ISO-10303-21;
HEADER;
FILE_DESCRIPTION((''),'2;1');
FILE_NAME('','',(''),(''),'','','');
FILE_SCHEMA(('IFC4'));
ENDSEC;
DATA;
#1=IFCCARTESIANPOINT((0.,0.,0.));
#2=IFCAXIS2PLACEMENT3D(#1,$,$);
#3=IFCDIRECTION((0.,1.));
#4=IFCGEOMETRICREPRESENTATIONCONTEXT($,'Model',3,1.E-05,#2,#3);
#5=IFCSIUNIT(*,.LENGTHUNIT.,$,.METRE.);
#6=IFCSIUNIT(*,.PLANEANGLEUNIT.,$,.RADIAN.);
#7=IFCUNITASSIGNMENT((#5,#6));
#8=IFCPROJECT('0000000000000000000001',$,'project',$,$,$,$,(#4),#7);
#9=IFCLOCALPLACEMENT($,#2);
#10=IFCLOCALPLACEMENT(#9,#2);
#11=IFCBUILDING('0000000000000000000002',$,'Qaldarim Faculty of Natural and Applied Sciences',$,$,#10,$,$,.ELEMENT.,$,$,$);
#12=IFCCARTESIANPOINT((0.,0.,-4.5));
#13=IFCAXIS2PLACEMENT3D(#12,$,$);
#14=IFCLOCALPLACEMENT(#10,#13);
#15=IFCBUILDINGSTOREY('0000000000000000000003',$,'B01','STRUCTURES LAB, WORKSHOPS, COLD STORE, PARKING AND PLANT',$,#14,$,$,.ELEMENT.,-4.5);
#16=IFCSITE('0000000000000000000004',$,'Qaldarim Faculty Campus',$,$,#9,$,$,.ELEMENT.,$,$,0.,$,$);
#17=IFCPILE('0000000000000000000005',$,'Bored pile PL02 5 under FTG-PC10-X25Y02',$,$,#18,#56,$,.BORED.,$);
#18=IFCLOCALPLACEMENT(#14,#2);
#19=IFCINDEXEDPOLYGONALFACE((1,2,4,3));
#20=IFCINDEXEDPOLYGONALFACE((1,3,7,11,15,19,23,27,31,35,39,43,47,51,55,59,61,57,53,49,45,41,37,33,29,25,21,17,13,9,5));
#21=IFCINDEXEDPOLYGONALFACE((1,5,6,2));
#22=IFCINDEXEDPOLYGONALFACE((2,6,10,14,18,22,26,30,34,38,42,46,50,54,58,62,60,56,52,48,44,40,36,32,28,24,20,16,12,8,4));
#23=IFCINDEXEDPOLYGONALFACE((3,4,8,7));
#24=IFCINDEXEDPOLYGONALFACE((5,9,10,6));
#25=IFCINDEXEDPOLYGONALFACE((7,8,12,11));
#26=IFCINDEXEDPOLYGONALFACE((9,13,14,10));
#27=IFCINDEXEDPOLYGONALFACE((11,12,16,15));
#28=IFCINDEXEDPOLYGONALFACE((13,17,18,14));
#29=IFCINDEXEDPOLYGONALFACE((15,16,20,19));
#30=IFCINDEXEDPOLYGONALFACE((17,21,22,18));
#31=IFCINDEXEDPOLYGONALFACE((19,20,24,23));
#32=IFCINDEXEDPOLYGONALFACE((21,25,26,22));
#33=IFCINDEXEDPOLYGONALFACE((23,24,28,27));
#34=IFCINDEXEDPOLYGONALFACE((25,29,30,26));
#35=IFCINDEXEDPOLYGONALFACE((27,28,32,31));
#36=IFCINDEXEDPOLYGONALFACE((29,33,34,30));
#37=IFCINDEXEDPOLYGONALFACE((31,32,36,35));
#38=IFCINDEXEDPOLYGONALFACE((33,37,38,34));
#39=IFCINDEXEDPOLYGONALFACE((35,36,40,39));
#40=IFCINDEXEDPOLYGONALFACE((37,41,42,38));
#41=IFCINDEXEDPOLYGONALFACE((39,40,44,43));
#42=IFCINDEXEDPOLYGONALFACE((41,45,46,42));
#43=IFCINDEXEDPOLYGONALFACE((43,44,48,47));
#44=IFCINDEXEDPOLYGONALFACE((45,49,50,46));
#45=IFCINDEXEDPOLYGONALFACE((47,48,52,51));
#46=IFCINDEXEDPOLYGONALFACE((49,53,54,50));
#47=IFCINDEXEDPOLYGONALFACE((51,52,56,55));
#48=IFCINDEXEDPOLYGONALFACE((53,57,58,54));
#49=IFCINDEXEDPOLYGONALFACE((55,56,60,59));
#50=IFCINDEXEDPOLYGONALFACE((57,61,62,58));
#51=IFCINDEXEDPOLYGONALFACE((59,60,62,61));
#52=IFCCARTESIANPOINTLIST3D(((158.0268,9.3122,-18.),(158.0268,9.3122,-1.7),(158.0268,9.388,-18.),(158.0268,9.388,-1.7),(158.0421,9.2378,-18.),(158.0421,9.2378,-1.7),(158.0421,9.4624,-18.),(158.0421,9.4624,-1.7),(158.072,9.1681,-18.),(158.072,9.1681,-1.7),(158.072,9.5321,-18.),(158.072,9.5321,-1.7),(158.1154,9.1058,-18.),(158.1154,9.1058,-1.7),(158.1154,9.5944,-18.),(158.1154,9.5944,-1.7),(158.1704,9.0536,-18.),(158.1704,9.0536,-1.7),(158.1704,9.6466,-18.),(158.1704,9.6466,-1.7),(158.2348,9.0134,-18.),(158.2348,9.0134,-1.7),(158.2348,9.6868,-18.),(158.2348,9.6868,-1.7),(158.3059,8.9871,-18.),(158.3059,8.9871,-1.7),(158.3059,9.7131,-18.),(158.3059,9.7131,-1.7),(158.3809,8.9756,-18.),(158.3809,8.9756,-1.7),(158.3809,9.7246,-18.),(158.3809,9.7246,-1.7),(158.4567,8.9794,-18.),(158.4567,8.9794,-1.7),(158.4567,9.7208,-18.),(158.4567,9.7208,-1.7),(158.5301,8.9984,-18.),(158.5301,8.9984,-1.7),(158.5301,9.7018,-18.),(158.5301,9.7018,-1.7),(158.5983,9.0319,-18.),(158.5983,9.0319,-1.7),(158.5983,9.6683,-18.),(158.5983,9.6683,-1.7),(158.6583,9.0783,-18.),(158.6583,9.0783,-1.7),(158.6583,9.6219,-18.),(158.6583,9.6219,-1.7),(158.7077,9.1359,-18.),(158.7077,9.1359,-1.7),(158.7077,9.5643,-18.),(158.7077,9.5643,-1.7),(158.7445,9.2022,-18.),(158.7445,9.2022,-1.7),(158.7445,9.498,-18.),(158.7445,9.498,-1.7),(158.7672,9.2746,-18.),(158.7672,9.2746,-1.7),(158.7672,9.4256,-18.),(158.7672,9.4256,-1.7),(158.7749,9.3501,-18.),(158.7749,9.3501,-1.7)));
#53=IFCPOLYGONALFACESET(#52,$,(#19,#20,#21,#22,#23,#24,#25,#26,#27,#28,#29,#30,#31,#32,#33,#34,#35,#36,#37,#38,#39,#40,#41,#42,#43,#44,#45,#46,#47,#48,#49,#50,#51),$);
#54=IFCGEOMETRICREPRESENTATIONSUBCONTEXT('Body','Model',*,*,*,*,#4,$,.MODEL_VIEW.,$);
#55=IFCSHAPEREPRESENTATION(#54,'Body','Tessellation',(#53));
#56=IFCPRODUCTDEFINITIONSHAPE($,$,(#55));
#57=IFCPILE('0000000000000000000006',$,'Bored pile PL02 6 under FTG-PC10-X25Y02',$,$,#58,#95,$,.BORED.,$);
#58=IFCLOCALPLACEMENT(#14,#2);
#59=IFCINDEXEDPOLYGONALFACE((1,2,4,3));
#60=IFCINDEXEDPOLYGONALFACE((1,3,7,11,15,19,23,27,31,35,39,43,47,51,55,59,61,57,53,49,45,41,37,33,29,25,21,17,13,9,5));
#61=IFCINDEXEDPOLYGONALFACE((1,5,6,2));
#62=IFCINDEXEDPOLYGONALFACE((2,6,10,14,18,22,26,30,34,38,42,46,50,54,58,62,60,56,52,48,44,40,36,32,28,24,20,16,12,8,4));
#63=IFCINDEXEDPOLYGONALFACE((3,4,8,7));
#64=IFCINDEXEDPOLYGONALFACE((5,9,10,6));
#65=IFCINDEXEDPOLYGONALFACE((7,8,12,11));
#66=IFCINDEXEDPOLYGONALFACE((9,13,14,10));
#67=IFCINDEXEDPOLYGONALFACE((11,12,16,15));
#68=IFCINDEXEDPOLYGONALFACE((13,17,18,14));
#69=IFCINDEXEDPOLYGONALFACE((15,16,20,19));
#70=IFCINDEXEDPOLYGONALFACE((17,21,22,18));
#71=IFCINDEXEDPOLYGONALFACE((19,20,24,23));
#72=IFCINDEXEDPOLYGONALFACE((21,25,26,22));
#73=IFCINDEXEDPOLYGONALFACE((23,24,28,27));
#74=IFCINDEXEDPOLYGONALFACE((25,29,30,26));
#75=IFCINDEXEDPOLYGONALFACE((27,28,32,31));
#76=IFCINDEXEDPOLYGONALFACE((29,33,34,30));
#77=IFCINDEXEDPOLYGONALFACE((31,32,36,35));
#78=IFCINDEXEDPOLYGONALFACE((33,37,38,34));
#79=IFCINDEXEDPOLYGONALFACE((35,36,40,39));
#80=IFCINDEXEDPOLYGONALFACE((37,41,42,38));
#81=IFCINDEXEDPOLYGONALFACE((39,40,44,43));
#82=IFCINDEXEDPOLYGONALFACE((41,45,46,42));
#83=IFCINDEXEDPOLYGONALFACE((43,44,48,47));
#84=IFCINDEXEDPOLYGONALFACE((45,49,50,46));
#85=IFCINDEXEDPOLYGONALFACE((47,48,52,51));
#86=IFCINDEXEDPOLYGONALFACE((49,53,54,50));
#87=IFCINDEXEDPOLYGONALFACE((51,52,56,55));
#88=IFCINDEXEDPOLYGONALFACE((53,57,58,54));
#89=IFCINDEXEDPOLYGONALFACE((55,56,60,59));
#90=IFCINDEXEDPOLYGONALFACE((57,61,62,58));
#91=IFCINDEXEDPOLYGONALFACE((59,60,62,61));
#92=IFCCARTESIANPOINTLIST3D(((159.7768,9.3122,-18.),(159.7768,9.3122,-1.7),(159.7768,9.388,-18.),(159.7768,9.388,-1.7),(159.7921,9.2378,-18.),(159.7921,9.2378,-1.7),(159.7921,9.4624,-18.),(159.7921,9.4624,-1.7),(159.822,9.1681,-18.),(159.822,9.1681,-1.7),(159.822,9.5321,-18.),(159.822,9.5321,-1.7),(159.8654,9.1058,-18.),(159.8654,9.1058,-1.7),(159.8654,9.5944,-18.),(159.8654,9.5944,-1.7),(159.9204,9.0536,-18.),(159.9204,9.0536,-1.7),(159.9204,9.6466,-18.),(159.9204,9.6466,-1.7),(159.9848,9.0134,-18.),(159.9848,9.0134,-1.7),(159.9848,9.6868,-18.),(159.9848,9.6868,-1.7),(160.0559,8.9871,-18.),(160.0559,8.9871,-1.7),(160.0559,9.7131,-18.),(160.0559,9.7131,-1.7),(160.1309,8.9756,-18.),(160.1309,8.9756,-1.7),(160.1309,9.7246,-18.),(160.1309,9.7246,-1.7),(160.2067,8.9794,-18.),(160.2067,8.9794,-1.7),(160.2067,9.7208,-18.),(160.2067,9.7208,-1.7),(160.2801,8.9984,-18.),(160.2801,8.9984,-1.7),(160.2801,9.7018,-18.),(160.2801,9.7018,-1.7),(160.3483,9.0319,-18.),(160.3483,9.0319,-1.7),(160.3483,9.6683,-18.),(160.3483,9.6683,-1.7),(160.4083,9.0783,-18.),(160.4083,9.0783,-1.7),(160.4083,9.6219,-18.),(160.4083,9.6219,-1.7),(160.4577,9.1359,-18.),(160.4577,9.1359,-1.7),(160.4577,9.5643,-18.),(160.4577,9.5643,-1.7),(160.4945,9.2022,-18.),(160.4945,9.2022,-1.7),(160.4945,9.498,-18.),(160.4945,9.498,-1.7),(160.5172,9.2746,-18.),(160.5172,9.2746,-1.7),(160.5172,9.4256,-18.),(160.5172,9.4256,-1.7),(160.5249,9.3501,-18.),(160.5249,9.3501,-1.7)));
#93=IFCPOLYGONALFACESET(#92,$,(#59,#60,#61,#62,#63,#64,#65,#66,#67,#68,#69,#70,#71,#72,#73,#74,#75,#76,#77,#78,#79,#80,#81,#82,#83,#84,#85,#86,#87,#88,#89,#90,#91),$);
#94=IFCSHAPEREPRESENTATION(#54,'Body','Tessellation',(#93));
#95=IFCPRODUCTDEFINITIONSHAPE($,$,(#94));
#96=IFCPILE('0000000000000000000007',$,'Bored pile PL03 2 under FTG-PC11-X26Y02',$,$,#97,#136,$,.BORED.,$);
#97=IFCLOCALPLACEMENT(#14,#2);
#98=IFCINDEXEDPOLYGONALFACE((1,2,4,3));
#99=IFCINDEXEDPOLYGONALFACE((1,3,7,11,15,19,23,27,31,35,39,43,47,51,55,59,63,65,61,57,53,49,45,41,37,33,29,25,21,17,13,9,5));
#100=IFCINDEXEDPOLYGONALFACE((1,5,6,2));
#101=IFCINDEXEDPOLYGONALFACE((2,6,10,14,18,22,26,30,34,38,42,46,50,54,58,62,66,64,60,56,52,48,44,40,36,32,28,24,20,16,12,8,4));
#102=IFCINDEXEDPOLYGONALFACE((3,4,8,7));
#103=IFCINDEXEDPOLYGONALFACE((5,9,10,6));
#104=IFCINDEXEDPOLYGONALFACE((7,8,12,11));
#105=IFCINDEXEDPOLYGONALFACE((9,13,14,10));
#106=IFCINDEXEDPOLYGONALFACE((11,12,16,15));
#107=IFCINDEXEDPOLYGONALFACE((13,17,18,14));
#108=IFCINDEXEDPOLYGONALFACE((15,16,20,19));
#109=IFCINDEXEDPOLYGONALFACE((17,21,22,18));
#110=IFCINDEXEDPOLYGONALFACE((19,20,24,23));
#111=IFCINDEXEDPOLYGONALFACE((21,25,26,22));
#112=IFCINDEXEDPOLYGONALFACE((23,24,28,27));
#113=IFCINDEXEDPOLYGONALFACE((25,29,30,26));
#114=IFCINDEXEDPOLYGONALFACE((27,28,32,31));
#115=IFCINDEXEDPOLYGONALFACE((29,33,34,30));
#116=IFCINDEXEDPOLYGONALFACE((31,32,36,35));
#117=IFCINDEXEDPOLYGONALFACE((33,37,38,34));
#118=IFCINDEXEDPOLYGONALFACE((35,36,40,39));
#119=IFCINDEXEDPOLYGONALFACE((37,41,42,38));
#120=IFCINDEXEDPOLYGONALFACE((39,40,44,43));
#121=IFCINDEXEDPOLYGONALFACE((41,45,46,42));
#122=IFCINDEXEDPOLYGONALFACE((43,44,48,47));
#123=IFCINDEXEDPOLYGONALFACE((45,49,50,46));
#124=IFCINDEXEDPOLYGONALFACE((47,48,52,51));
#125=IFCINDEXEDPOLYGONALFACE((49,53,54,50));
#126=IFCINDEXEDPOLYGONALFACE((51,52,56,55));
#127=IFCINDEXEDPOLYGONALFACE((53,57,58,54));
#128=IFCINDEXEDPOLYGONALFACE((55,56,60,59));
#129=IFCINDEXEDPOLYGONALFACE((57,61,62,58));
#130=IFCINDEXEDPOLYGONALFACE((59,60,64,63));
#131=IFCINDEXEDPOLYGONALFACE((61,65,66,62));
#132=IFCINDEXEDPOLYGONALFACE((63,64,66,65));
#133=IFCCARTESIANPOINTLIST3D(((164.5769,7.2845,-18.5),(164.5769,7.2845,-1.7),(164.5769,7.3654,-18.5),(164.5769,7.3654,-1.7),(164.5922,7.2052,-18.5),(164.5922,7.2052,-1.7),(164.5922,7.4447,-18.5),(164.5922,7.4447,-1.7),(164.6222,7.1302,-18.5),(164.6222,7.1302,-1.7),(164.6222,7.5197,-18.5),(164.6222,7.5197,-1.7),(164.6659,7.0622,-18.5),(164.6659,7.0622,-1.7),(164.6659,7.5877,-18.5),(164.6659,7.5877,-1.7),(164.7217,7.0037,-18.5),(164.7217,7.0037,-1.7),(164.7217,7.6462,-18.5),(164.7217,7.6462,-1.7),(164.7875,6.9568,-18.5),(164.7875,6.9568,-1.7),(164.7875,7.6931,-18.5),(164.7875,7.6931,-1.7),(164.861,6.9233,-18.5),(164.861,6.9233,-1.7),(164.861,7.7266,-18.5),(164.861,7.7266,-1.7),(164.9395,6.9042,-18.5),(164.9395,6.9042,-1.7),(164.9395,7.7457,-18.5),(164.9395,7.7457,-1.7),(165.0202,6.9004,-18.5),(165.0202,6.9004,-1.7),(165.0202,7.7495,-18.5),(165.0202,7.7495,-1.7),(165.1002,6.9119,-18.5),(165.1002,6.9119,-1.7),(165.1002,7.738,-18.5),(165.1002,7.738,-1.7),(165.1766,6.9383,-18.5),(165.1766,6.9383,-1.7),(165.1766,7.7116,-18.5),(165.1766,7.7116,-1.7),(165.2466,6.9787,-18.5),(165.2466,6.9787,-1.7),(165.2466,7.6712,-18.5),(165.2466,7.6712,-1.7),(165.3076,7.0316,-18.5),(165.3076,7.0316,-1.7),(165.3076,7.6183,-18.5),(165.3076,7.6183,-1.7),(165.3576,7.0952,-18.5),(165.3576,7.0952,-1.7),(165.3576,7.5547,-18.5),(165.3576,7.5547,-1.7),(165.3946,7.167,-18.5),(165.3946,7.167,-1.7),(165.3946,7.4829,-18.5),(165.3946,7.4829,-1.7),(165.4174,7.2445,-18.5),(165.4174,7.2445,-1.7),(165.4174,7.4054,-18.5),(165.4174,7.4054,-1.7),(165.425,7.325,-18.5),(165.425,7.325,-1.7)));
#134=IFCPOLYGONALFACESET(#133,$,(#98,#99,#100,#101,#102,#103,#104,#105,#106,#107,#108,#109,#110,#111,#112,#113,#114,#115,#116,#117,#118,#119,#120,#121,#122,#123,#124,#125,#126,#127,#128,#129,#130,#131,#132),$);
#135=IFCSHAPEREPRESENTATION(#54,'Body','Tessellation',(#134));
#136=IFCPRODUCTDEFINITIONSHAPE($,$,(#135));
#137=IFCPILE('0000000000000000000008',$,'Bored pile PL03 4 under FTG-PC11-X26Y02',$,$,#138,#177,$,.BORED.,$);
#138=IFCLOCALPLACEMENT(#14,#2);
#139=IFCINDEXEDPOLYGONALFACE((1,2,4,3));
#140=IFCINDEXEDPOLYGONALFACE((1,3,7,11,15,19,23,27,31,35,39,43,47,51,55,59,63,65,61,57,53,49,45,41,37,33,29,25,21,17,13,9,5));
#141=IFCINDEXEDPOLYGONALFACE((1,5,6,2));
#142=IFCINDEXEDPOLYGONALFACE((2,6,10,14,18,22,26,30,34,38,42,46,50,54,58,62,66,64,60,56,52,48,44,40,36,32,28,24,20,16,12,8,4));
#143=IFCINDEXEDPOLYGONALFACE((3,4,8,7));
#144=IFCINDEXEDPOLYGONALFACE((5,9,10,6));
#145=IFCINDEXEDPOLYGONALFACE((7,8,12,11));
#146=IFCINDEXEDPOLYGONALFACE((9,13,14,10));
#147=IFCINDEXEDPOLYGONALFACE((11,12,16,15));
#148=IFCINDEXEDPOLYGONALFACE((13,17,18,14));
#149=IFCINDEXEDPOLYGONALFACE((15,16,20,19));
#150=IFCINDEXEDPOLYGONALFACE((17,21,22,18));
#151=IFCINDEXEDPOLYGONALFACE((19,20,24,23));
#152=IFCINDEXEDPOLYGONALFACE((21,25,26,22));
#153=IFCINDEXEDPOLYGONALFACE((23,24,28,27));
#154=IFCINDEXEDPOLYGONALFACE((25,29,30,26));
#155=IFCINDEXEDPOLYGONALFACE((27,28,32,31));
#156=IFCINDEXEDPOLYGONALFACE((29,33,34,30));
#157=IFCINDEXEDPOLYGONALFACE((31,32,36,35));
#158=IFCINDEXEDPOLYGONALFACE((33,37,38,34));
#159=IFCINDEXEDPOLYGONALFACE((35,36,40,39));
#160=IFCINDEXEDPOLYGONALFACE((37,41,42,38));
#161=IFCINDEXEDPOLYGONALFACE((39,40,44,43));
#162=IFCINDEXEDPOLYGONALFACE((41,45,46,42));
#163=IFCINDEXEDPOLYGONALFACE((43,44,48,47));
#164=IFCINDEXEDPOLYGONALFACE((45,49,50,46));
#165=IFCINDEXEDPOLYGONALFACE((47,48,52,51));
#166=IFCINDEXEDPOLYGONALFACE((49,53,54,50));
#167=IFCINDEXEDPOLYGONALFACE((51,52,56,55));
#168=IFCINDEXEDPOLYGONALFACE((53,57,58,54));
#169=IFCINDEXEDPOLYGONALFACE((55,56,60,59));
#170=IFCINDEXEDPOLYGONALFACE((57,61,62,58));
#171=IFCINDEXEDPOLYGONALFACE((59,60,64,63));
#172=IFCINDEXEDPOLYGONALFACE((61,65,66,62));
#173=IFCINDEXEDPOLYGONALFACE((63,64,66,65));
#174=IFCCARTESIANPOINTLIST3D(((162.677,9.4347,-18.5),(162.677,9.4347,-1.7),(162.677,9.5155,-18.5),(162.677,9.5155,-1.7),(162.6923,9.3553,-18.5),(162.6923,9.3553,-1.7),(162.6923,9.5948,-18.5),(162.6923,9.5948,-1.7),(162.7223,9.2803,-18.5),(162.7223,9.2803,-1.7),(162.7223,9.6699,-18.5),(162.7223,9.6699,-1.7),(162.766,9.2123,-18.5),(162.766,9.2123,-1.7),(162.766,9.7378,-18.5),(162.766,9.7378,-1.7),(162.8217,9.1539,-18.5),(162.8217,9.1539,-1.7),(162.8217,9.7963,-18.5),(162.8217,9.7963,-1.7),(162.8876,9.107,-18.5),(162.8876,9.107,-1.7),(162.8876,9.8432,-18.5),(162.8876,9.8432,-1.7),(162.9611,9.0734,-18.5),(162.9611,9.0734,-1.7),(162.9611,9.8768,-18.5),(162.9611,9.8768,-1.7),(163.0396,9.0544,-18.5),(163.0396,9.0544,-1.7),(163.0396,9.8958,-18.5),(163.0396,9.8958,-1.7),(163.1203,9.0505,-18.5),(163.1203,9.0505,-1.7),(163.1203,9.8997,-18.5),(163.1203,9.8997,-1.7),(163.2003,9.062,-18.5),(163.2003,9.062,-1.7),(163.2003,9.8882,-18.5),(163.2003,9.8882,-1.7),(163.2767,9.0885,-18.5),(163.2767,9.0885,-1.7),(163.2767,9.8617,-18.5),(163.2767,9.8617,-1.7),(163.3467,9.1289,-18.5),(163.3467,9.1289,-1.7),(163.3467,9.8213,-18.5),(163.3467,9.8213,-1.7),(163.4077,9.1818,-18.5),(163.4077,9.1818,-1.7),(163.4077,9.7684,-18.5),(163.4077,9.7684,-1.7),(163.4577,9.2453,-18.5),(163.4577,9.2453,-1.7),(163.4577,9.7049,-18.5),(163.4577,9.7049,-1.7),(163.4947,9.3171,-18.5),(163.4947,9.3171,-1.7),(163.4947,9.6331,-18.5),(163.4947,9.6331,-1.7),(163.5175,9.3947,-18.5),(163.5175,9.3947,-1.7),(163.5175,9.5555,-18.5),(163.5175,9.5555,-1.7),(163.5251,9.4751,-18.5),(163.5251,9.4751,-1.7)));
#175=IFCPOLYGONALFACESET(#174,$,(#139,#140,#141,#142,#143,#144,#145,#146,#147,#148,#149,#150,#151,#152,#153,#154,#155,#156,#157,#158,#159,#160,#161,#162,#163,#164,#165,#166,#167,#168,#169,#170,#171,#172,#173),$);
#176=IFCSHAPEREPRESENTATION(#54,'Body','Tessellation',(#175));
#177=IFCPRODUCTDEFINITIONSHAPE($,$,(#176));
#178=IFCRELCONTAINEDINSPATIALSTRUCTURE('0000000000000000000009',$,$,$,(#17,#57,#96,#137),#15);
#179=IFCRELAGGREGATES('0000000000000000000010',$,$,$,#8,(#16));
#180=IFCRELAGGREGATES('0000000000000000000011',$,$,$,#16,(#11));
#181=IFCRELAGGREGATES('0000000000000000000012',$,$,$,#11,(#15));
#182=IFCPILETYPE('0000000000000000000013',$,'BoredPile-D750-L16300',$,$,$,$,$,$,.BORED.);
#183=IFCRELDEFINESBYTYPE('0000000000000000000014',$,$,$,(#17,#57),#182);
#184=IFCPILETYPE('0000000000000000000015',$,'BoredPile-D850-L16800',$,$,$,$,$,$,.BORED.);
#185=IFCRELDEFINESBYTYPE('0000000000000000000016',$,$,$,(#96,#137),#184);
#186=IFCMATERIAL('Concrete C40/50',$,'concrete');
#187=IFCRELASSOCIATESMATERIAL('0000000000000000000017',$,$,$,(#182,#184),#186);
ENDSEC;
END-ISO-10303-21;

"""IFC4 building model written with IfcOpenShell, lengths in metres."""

from ifc_helpers import new_model, si_unit, direction, frame, origin, origin_2d, place, context, subcontext, project, spatial, circle, extrude, material, material_profile, profile_set, type_object, element, save


model = new_model("IFC4")

# Units and contexts
model_context = context("Model", 3, precision=1e-05, world=origin(), true_north=direction((0.0, 1.0)))
body_context = subcontext(model_context, "Body", "Model", "MODEL_VIEW")
ifc_project = project(units=[si_unit("LENGTHUNIT", "METRE"), si_unit("PLANEANGLEUNIT", "RADIAN")], contexts=[model_context])

# Site, building, storey
site_placement = place(None, origin())
site = spatial("IfcSite", under=ifc_project, at=site_placement, Name="Qaldarim Faculty Campus", CompositionType="ELEMENT", RefElevation=0.0)
building_placement = place(site_placement, origin())
building = spatial("IfcBuilding", under=site, at=building_placement, Name="Qaldarim Faculty of Natural and Applied Sciences", CompositionType="ELEMENT")
storey_placement = place(building_placement, frame((0.0, 0.0, -4.5)))
storey = spatial("IfcBuildingStorey", under=building, at=storey_placement, Name="B01", Description="STRUCTURES LAB, WORKSHOPS, COLD STORE, PARKING AND PLANT", CompositionType="ELEMENT", Elevation=-4.5)

# Piles
ifc_material_1 = material(Name="Concrete C40/50", Category="concrete")
ifc_material_profile_1 = material_profile(ifc_material_1, circle(Radius=0.375, at=origin_2d()), Name="PILE-D750")
ifc_profile_set_1 = profile_set([ifc_material_profile_1], Name="Concrete C40/50")
pile_type_1 = type_object("IfcPileType", Name="BoredPile-D750-L16300", PredefinedType="BORED", material=ifc_profile_set_1)
for number, where, z_axis, x_axis, name in (
    (1, (158.3999, 9.3501, -1.7), (0.0, 0.0, -1.0), (1.0, 0.0, 0.0), "Bored pile PL02 5 under FTG-PC10-X25Y02"),
    (2, (160.1499, 9.3501, -1.7), (0.0, 0.0, -1.0), (1.0, 0.0, 0.0), "Bored pile PL02 6 under FTG-PC10-X25Y02"),
):
    element("IfcPile", number, at=place(storey_placement, frame(where, z_axis=z_axis, x_axis=x_axis)), inside=storey, type_object=pile_type_1, Name=name, PredefinedType="BORED", context=body_context, shape_type="SweptSolid", body=[
        extrude(circle(Radius=0.375, at=origin_2d()), origin(), (0.0, 0.0, 1.0), 16.3),
    ])
ifc_material_profile_2 = material_profile(ifc_material_1, circle(Radius=0.425, at=origin_2d()), Name="PILE-D850")
ifc_profile_set_2 = profile_set([ifc_material_profile_2], Name="Concrete C40/50")
pile_type_2 = type_object("IfcPileType", Name="BoredPile-D850-L16800", PredefinedType="BORED", material=ifc_profile_set_2)
for number, where, z_axis, x_axis, name in (
    (3, (165.0, 7.325, -1.7), (0.0, 0.0, -1.0), (1.0, 0.0, 0.0), "Bored pile PL03 2 under FTG-PC11-X26Y02"),
    (4, (163.1001, 9.4751, -1.7), (0.0, 0.0, -1.0), (1.0, 0.0, 0.0), "Bored pile PL03 4 under FTG-PC11-X26Y02"),
):
    element("IfcPile", number, at=place(storey_placement, frame(where, z_axis=z_axis, x_axis=x_axis)), inside=storey, type_object=pile_type_2, Name=name, PredefinedType="BORED", context=body_context, shape_type="SweptSolid", body=[
        extrude(circle(Radius=0.425, at=origin_2d()), origin(), (0.0, 0.0, 1.0), 16.8),
    ])

save(model, "model.ifc")
